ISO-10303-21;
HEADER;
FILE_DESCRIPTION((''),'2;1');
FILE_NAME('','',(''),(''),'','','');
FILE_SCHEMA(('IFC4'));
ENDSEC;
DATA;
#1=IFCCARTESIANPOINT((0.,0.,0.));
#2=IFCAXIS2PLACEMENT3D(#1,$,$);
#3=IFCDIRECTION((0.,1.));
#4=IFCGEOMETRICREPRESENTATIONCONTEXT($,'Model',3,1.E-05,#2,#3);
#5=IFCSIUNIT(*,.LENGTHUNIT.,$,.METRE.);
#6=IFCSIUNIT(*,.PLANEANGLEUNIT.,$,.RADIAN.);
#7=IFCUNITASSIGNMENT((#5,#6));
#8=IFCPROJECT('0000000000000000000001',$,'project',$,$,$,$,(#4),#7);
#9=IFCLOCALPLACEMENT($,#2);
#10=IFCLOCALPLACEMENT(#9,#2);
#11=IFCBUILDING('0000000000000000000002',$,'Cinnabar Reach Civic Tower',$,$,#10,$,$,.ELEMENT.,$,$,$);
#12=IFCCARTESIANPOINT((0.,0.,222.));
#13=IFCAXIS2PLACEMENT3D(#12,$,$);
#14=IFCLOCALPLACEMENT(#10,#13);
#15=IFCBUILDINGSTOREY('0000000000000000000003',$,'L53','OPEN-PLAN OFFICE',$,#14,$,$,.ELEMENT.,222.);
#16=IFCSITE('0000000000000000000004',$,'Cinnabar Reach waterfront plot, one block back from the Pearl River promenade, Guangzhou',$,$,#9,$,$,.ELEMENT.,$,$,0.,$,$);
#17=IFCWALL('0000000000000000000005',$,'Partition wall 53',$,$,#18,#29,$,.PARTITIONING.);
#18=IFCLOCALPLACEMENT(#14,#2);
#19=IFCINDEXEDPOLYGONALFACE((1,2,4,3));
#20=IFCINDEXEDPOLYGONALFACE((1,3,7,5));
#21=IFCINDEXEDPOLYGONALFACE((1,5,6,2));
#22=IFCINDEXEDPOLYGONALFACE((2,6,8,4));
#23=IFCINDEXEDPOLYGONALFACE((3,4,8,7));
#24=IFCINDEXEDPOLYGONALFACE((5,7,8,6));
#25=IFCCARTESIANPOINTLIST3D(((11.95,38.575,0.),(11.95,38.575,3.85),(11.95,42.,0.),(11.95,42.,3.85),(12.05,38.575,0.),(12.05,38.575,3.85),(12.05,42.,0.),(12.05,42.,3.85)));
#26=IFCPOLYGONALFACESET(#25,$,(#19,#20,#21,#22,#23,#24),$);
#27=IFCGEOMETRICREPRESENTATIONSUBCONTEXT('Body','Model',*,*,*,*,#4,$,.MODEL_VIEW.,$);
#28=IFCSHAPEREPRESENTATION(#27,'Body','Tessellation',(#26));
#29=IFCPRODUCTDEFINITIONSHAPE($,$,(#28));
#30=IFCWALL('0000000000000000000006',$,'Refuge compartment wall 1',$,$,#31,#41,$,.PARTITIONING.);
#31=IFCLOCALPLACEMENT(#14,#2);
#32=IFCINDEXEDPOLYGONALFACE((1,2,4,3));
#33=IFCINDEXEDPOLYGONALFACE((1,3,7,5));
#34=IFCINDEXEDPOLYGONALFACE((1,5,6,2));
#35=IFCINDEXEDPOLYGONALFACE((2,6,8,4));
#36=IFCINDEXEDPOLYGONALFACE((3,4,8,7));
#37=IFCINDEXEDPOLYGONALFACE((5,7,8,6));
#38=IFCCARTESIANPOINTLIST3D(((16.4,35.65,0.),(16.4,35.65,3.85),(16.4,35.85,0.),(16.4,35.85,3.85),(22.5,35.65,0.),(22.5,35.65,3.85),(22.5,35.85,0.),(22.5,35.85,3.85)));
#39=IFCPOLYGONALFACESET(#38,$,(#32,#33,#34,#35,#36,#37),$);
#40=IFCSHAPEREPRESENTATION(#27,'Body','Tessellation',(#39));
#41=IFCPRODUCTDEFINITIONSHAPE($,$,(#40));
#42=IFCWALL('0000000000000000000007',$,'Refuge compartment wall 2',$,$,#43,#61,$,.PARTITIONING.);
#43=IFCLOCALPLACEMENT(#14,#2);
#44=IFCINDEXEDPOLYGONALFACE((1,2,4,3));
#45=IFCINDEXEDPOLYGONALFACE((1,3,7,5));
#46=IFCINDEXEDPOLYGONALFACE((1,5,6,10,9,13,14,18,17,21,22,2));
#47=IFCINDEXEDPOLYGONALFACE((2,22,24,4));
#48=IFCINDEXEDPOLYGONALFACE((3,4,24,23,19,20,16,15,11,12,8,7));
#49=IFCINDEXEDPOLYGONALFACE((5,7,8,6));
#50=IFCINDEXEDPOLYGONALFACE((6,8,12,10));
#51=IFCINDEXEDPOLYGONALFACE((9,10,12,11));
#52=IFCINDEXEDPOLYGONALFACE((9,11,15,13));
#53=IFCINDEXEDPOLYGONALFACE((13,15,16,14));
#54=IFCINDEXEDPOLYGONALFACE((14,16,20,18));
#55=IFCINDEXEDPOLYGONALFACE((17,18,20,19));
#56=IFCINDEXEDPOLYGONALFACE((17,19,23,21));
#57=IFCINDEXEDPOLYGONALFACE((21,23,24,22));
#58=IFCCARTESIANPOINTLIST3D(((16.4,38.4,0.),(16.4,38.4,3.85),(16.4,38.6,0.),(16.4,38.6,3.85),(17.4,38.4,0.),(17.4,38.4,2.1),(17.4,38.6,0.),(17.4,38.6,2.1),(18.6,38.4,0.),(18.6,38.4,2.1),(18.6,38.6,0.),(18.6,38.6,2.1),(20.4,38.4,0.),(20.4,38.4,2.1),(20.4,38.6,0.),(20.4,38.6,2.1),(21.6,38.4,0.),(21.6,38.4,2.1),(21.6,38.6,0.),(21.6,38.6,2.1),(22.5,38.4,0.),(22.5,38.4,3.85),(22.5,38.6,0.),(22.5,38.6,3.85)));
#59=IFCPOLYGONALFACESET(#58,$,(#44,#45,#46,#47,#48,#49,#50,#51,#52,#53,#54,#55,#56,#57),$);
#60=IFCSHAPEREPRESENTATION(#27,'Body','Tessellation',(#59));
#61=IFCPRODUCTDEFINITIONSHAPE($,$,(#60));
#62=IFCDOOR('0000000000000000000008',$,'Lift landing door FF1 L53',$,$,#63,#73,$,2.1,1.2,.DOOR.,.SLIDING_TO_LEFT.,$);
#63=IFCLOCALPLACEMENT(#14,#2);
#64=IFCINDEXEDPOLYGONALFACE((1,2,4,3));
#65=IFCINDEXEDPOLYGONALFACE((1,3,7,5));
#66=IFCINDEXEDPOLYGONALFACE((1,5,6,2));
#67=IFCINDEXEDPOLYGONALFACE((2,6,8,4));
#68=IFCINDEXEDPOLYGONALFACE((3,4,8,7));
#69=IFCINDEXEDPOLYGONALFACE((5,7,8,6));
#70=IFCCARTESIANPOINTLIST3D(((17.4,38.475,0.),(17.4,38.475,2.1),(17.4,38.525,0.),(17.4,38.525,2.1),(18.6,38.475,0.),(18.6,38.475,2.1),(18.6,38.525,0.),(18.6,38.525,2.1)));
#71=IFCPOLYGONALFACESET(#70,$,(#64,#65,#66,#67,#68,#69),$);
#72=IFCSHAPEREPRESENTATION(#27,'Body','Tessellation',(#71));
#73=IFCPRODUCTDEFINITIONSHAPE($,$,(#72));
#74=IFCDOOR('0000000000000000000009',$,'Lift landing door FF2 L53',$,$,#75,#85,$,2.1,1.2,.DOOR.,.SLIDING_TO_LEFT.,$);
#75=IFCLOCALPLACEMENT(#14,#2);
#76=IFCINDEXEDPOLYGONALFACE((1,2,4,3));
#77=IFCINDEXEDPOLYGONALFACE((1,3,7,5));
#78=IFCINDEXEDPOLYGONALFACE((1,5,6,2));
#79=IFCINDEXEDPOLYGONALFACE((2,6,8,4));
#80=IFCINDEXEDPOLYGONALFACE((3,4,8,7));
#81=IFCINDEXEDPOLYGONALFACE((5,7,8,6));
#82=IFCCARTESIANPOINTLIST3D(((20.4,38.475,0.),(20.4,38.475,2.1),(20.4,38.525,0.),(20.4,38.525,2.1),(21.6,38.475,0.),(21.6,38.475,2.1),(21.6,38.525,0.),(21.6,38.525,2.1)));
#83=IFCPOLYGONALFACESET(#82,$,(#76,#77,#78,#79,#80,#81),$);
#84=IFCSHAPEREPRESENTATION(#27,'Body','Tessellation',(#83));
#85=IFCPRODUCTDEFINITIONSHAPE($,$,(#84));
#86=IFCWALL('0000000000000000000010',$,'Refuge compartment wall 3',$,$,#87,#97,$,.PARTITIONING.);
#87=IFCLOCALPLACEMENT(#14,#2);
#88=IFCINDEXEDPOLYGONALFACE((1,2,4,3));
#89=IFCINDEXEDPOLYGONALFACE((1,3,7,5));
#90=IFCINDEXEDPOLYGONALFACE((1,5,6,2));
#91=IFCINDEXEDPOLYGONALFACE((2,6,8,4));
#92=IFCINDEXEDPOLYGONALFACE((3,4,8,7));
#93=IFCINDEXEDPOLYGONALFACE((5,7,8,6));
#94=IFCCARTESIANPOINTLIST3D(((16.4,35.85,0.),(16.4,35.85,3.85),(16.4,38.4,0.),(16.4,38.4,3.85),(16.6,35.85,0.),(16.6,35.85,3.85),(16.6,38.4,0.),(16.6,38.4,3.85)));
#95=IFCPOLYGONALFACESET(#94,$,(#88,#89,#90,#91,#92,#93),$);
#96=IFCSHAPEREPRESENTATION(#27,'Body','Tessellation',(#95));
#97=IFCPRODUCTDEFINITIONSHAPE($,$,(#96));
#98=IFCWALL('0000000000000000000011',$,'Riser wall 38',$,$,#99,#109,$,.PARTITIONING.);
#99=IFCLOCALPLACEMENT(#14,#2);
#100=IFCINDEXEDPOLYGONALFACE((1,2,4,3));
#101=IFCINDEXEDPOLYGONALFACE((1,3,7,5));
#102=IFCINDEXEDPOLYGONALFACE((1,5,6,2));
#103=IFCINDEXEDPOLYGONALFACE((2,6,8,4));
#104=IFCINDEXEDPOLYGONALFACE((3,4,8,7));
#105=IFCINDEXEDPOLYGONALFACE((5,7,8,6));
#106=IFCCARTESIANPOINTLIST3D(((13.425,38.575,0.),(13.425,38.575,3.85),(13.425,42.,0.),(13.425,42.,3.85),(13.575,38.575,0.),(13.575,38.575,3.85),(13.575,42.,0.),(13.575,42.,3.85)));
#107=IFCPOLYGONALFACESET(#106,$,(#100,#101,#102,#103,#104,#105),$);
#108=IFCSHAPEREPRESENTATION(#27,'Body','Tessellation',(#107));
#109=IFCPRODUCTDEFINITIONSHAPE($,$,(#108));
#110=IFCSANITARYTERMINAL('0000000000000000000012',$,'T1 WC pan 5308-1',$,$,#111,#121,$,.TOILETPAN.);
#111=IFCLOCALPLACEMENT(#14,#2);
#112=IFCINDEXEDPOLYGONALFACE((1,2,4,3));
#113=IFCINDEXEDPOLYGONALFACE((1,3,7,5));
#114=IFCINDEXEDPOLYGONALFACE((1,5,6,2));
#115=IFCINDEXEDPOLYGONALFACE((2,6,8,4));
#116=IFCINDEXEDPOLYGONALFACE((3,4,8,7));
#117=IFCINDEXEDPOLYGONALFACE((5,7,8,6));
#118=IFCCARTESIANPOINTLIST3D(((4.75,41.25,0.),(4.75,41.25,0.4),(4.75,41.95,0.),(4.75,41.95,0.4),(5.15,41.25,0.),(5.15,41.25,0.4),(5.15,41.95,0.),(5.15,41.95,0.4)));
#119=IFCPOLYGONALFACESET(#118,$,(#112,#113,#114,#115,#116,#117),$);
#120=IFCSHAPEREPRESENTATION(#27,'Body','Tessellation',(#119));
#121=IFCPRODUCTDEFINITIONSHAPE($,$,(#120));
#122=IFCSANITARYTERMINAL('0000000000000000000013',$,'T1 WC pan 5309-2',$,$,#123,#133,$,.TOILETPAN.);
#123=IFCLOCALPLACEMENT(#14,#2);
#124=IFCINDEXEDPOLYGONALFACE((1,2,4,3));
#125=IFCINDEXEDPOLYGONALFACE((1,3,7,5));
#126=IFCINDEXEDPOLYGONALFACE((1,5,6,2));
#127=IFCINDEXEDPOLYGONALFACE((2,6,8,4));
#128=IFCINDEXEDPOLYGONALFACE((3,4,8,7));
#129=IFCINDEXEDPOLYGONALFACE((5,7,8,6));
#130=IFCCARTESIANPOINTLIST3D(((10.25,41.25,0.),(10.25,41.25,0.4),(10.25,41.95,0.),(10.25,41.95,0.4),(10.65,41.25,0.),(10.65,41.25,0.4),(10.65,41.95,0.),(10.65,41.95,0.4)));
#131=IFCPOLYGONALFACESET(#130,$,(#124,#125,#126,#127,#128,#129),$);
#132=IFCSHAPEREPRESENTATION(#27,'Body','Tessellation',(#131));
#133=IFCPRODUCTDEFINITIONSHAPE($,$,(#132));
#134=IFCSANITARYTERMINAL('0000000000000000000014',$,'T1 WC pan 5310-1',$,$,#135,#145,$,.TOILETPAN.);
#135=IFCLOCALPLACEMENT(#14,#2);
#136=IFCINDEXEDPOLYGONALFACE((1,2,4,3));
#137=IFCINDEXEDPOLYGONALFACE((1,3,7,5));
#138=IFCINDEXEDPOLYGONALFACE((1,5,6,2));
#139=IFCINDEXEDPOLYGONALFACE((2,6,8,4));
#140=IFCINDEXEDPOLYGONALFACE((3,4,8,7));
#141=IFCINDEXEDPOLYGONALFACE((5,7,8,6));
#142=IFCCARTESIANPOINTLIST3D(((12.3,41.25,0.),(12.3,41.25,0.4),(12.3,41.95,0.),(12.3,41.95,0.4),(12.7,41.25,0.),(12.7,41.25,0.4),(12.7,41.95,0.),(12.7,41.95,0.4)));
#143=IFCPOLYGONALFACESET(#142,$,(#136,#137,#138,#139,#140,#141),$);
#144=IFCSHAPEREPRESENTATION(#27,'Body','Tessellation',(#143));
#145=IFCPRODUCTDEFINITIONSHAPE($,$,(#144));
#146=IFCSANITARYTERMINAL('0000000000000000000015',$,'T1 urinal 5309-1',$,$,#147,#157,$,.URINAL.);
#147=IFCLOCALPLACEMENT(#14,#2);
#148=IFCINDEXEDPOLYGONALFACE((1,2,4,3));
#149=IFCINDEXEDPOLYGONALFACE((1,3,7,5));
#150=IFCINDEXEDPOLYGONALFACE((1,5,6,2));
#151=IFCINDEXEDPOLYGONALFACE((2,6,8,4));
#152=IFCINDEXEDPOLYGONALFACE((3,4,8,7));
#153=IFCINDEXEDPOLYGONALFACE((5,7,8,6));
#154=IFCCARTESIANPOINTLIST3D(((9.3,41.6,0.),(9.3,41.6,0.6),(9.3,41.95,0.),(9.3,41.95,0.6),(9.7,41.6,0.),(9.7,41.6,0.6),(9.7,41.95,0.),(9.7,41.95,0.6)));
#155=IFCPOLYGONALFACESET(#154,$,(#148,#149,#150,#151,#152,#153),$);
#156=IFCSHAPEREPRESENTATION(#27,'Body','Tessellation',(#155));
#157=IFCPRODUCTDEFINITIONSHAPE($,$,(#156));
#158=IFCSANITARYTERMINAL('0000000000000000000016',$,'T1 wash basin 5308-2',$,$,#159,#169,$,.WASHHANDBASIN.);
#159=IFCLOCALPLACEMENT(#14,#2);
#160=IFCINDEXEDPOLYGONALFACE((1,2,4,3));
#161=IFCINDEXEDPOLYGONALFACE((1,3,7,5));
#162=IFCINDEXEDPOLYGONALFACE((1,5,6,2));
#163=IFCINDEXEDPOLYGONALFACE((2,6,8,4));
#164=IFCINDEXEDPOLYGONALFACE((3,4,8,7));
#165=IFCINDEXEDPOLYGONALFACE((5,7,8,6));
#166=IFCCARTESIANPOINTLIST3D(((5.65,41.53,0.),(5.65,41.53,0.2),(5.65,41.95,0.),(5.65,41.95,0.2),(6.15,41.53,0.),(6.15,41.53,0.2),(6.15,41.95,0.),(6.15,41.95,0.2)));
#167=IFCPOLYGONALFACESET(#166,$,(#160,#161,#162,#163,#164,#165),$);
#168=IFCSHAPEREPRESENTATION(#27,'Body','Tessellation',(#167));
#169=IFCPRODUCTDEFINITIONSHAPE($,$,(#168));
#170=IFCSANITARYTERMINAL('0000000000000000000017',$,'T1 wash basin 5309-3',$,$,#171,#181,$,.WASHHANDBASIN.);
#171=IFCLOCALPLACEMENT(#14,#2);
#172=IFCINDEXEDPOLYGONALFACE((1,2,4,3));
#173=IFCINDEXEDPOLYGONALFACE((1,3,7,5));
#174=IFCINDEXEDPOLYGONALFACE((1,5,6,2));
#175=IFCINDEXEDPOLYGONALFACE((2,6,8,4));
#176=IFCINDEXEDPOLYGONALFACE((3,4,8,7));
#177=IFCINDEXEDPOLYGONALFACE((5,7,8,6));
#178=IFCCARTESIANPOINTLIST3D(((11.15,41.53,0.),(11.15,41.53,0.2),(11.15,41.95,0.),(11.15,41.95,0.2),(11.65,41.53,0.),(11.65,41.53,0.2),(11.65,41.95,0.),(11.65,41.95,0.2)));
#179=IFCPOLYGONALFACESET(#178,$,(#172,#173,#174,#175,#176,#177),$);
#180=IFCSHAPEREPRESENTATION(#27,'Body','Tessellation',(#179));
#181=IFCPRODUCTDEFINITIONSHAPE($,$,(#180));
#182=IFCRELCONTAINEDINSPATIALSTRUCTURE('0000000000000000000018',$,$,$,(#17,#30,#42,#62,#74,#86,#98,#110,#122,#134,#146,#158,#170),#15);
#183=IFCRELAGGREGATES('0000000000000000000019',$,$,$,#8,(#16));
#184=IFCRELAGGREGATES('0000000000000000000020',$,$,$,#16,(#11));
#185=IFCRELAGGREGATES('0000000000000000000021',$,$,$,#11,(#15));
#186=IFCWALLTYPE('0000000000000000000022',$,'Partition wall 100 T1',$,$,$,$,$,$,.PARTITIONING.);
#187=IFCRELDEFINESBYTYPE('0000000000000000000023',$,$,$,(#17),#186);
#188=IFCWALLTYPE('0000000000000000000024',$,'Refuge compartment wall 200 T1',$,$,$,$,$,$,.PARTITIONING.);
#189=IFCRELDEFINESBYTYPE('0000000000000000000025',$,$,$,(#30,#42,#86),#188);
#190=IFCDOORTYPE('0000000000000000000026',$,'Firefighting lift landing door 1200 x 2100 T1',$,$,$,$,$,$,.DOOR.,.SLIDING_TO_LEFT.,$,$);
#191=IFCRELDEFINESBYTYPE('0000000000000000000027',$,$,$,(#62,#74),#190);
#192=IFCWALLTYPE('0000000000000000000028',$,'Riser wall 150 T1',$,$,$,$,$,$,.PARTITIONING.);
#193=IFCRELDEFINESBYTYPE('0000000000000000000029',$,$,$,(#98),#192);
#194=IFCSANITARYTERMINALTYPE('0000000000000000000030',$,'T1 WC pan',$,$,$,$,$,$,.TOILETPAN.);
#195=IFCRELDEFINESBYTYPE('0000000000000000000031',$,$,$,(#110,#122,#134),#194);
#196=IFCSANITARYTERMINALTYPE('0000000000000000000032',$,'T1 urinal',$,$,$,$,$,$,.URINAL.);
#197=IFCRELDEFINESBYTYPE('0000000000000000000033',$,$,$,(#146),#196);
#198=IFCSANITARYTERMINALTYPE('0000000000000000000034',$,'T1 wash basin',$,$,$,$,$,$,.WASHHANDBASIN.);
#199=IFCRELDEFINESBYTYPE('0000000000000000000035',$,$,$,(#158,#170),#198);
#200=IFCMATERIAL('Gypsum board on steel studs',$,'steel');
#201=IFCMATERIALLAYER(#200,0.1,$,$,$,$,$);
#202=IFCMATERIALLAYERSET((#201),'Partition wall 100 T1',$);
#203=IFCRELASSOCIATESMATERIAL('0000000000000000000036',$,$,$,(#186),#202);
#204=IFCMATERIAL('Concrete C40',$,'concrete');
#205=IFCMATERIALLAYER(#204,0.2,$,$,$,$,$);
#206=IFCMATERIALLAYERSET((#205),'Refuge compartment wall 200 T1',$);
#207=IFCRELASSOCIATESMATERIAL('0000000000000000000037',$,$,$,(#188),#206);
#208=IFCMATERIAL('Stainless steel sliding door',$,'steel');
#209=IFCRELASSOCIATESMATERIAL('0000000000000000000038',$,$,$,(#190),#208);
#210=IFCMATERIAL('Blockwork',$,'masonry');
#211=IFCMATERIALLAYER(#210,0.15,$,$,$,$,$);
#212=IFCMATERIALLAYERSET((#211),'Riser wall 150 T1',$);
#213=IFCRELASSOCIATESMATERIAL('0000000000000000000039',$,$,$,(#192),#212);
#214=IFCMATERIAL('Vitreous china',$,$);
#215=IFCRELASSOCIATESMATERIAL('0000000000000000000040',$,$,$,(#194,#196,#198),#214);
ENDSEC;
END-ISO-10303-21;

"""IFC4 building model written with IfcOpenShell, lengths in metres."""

from ifc_helpers import new_model, si_unit, direction, frame, frame_2d, origin, origin_2d, place, context, subcontext, project, spatial, rectangle, extrude, material, layer, layer_set, type_object, element, fill, save


model = new_model("IFC4")

# Units and contexts
model_context = context("Model", 3, precision=1e-05, world=origin(), true_north=direction((0.0, 1.0)))
body_context = subcontext(model_context, "Body", "Model", "MODEL_VIEW")
ifc_project = project(units=[si_unit("LENGTHUNIT", "METRE"), si_unit("PLANEANGLEUNIT", "RADIAN")], contexts=[model_context])

# Site, building, storey
site_placement = place(None, origin())
site = spatial("IfcSite", under=ifc_project, at=site_placement, Name="Cinnabar Reach waterfront plot, one block back from the Pearl River promenade, Guangzhou", CompositionType="ELEMENT", RefElevation=0.0)
building_placement = place(site_placement, origin())
building = spatial("IfcBuilding", under=site, at=building_placement, Name="Cinnabar Reach Civic Tower", CompositionType="ELEMENT")
storey_placement = place(building_placement, frame((0.0, 0.0, 222.0)))
storey = spatial("IfcBuildingStorey", under=building, at=storey_placement, Name="L53", Description="OPEN-PLAN OFFICE", CompositionType="ELEMENT", Elevation=222.0)

# Shared definitions
ifc_material_1 = material(Name="Blockwork", Category="masonry")
ifc_material_2 = material(Name="Stainless steel sliding door", Category="steel")

# Walls
ifc_material_3 = material(Name="Gypsum board on steel studs", Category="steel")
ifc_layer_1 = layer(ifc_material_3, 0.1)
ifc_layer_set_1 = layer_set([ifc_layer_1], Name="Partition wall 100 T1")
wall_type_1 = type_object("IfcWallType", Name="Partition wall 100 T1", PredefinedType="PARTITIONING", material=ifc_layer_set_1)
for number, where, z_axis, x_axis, name in (
    (1, (12.0, 38.575, 0.0), (0.0, 0.0, 1.0), (0.0, 1.0, 0.0), "Partition wall 53"),
):
    element("IfcWall", number, at=place(storey_placement, frame(where, z_axis=z_axis, x_axis=x_axis)), inside=storey, type_object=wall_type_1, Name=name, PredefinedType="PARTITIONING", context=body_context, shape_type="SweptSolid", body=[
        extrude(rectangle(XDim=3.425, YDim=0.1, at=frame_2d((1.7125, 0.0))), origin(), (0.0, 0.0, 1.0), 3.85),
    ])
ifc_material_4 = material(Name="Concrete C40", Category="concrete")
ifc_layer_2 = layer(ifc_material_4, 0.2)
ifc_layer_set_2 = layer_set([ifc_layer_2], Name="Refuge compartment wall 200 T1")
wall_type_2 = type_object("IfcWallType", Name="Refuge compartment wall 200 T1", PredefinedType="PARTITIONING", material=ifc_layer_set_2)
wall_1_placement = place(storey_placement, frame((16.4, 35.75, 0.0), z_axis=(0.0, 0.0, 1.0), x_axis=(1.0, 0.0, 0.0)))
element("IfcWall", 2, at=wall_1_placement, inside=storey, type_object=wall_type_2, Name="Refuge compartment wall 1", PredefinedType="PARTITIONING", context=body_context, shape_type="SweptSolid", body=[
    extrude(rectangle(XDim=6.1, YDim=0.2, at=frame_2d((3.05, 0.0))), origin(), (0.0, 0.0, 1.0), 3.85),
])

# Wall, openings, doors
wall_2_placement = place(storey_placement, frame((16.4, 38.5, 0.0), z_axis=(0.0, 0.0, 1.0), x_axis=(1.0, 0.0, 0.0)))
wall_2 = element("IfcWall", 3, at=wall_2_placement, inside=storey, type_object=wall_type_2, Name="Refuge compartment wall 2", PredefinedType="PARTITIONING", context=body_context, shape_type="SweptSolid", body=[
    extrude(rectangle(XDim=6.1, YDim=0.2, at=frame_2d((3.05, 0.0))), origin(), (0.0, 0.0, 1.0), 3.85),
])
opening_1_placement = place(wall_2_placement, frame((1.0, 0.0, 0.0)))
opening_1 = element("IfcOpeningElement", 4, at=opening_1_placement, cuts=wall_2, PredefinedType="OPENING", context=body_context, shape_type="SweptSolid", body=[
    extrude(rectangle(XDim=1.2, YDim=2.1, at=frame_2d((0.6, 1.05))), frame((0.0, 0.11, 0.0), z_axis=(0.0, -1.0, 0.0), x_axis=(1.0, 0.0, 0.0)), (0.0, 0.0, 1.0), 0.22),
])
opening_2_placement = place(wall_2_placement, frame((4.0, 0.0, 0.0)))
opening_2 = element("IfcOpeningElement", 5, at=opening_2_placement, cuts=wall_2, PredefinedType="OPENING", context=body_context, shape_type="SweptSolid", body=[
    extrude(rectangle(XDim=1.2, YDim=2.1, at=frame_2d((0.6, 1.05))), frame((0.0, 0.11, 0.0), z_axis=(0.0, -1.0, 0.0), x_axis=(1.0, 0.0, 0.0)), (0.0, 0.0, 1.0), 0.22),
])
door_type_1 = type_object("IfcDoorType", Name="Firefighting lift landing door 1200 x 2100 T1", OperationType="SLIDING_TO_LEFT", PredefinedType="DOOR", material=ifc_material_2)
door_1_placement = place(opening_1_placement, origin())
door_1 = element("IfcDoor", 6, at=door_1_placement, inside=storey, type_object=door_type_1, Name="Lift landing door FF1 L53", OperationType="SLIDING_TO_LEFT", OverallHeight=2.1, OverallWidth=1.2, PredefinedType="DOOR", context=body_context, shape_type="SweptSolid", body=[
    extrude(rectangle(XDim=1.2, YDim=2.1, at=frame_2d((0.6, 1.05))), frame((0.0, 0.025, 0.0), z_axis=(0.0, -1.0, 0.0), x_axis=(1.0, 0.0, 0.0)), (0.0, 0.0, 1.0), 0.05),
])
fill(opening_1, door_1)
door_2_placement = place(opening_2_placement, origin())
door_2 = element("IfcDoor", 7, at=door_2_placement, inside=storey, type_object=door_type_1, Name="Lift landing door FF2 L53", OperationType="SLIDING_TO_LEFT", OverallHeight=2.1, OverallWidth=1.2, PredefinedType="DOOR", context=body_context, shape_type="SweptSolid", body=[
    extrude(rectangle(XDim=1.2, YDim=2.1, at=frame_2d((0.6, 1.05))), frame((0.0, 0.025, 0.0), z_axis=(0.0, -1.0, 0.0), x_axis=(1.0, 0.0, 0.0)), (0.0, 0.0, 1.0), 0.05),
])
fill(opening_2, door_2)

# Walls
wall_3_placement = place(storey_placement, frame((16.5, 35.85, 0.0), z_axis=(0.0, 0.0, 1.0), x_axis=(0.0, 1.0, 0.0)))
element("IfcWall", 8, at=wall_3_placement, inside=storey, type_object=wall_type_2, Name="Refuge compartment wall 3", PredefinedType="PARTITIONING", context=body_context, shape_type="SweptSolid", body=[
    extrude(rectangle(XDim=2.55, YDim=0.2, at=frame_2d((1.275, 0.0))), origin(), (0.0, 0.0, 1.0), 3.85),
])
ifc_layer_3 = layer(ifc_material_1, 0.15)
ifc_layer_set_3 = layer_set([ifc_layer_3], Name="Riser wall 150 T1")
wall_type_3 = type_object("IfcWallType", Name="Riser wall 150 T1", PredefinedType="PARTITIONING", material=ifc_layer_set_3)
wall_4_placement = place(storey_placement, frame((13.5, 38.575, 0.0), z_axis=(0.0, 0.0, 1.0), x_axis=(0.0, 1.0, 0.0)))
element("IfcWall", 9, at=wall_4_placement, inside=storey, type_object=wall_type_3, Name="Riser wall 38", PredefinedType="PARTITIONING", context=body_context, shape_type="SweptSolid", body=[
    extrude(rectangle(XDim=3.425, YDim=0.15, at=frame_2d((1.7125, 0.0))), origin(), (0.0, 0.0, 1.0), 3.85),
])

# Sanitary terminals
ifc_material_5 = material(Name="Vitreous china")
sanitary_terminal_type_1 = type_object("IfcSanitaryTerminalType", Name="T1 WC pan", PredefinedType="TOILETPAN", material=ifc_material_5)
for number, where, z_axis, x_axis, name in (
    (10, (4.95, 41.6, 0.0), (0.0, 0.0, 1.0), (1.0, 0.0, 0.0), "T1 WC pan 5308-1"),
    (11, (10.45, 41.6, 0.0), (0.0, 0.0, 1.0), (1.0, 0.0, 0.0), "T1 WC pan 5309-2"),
    (12, (12.5, 41.6, 0.0), (0.0, 0.0, 1.0), (1.0, 0.0, 0.0), "T1 WC pan 5310-1"),
):
    element("IfcSanitaryTerminal", number, at=place(storey_placement, frame(where, z_axis=z_axis, x_axis=x_axis)), inside=storey, type_object=sanitary_terminal_type_1, Name=name, PredefinedType="TOILETPAN", context=body_context, shape_type="SweptSolid", body=[
        extrude(rectangle(XDim=0.4, YDim=0.7, at=origin_2d()), origin(), (0.0, 0.0, 1.0), 0.4),
    ])
sanitary_terminal_type_2 = type_object("IfcSanitaryTerminalType", Name="T1 urinal", PredefinedType="URINAL", material=ifc_material_5)
sanitary_terminal_placement = place(storey_placement, frame((9.5, 41.775, 0.0), z_axis=(0.0, 0.0, 1.0), x_axis=(1.0, 0.0, 0.0)))
element("IfcSanitaryTerminal", 13, at=sanitary_terminal_placement, inside=storey, type_object=sanitary_terminal_type_2, Name="T1 urinal 5309-1", PredefinedType="URINAL", context=body_context, shape_type="SweptSolid", body=[
    extrude(rectangle(XDim=0.4, YDim=0.35, at=origin_2d()), origin(), (0.0, 0.0, 1.0), 0.6),
])
sanitary_terminal_type_3 = type_object("IfcSanitaryTerminalType", Name="T1 wash basin", PredefinedType="WASHHANDBASIN", material=ifc_material_5)
for number, where, z_axis, x_axis, name in (
    (14, (5.9, 41.74, 0.0), (0.0, 0.0, 1.0), (1.0, 0.0, 0.0), "T1 wash basin 5308-2"),
    (15, (11.4, 41.74, 0.0), (0.0, 0.0, 1.0), (1.0, 0.0, 0.0), "T1 wash basin 5309-3"),
):
    element("IfcSanitaryTerminal", number, at=place(storey_placement, frame(where, z_axis=z_axis, x_axis=x_axis)), inside=storey, type_object=sanitary_terminal_type_3, Name=name, PredefinedType="WASHHANDBASIN", context=body_context, shape_type="SweptSolid", body=[
        extrude(rectangle(XDim=0.5, YDim=0.42, at=origin_2d()), origin(), (0.0, 0.0, 1.0), 0.2),
    ])

save(model, "model.ifc")
